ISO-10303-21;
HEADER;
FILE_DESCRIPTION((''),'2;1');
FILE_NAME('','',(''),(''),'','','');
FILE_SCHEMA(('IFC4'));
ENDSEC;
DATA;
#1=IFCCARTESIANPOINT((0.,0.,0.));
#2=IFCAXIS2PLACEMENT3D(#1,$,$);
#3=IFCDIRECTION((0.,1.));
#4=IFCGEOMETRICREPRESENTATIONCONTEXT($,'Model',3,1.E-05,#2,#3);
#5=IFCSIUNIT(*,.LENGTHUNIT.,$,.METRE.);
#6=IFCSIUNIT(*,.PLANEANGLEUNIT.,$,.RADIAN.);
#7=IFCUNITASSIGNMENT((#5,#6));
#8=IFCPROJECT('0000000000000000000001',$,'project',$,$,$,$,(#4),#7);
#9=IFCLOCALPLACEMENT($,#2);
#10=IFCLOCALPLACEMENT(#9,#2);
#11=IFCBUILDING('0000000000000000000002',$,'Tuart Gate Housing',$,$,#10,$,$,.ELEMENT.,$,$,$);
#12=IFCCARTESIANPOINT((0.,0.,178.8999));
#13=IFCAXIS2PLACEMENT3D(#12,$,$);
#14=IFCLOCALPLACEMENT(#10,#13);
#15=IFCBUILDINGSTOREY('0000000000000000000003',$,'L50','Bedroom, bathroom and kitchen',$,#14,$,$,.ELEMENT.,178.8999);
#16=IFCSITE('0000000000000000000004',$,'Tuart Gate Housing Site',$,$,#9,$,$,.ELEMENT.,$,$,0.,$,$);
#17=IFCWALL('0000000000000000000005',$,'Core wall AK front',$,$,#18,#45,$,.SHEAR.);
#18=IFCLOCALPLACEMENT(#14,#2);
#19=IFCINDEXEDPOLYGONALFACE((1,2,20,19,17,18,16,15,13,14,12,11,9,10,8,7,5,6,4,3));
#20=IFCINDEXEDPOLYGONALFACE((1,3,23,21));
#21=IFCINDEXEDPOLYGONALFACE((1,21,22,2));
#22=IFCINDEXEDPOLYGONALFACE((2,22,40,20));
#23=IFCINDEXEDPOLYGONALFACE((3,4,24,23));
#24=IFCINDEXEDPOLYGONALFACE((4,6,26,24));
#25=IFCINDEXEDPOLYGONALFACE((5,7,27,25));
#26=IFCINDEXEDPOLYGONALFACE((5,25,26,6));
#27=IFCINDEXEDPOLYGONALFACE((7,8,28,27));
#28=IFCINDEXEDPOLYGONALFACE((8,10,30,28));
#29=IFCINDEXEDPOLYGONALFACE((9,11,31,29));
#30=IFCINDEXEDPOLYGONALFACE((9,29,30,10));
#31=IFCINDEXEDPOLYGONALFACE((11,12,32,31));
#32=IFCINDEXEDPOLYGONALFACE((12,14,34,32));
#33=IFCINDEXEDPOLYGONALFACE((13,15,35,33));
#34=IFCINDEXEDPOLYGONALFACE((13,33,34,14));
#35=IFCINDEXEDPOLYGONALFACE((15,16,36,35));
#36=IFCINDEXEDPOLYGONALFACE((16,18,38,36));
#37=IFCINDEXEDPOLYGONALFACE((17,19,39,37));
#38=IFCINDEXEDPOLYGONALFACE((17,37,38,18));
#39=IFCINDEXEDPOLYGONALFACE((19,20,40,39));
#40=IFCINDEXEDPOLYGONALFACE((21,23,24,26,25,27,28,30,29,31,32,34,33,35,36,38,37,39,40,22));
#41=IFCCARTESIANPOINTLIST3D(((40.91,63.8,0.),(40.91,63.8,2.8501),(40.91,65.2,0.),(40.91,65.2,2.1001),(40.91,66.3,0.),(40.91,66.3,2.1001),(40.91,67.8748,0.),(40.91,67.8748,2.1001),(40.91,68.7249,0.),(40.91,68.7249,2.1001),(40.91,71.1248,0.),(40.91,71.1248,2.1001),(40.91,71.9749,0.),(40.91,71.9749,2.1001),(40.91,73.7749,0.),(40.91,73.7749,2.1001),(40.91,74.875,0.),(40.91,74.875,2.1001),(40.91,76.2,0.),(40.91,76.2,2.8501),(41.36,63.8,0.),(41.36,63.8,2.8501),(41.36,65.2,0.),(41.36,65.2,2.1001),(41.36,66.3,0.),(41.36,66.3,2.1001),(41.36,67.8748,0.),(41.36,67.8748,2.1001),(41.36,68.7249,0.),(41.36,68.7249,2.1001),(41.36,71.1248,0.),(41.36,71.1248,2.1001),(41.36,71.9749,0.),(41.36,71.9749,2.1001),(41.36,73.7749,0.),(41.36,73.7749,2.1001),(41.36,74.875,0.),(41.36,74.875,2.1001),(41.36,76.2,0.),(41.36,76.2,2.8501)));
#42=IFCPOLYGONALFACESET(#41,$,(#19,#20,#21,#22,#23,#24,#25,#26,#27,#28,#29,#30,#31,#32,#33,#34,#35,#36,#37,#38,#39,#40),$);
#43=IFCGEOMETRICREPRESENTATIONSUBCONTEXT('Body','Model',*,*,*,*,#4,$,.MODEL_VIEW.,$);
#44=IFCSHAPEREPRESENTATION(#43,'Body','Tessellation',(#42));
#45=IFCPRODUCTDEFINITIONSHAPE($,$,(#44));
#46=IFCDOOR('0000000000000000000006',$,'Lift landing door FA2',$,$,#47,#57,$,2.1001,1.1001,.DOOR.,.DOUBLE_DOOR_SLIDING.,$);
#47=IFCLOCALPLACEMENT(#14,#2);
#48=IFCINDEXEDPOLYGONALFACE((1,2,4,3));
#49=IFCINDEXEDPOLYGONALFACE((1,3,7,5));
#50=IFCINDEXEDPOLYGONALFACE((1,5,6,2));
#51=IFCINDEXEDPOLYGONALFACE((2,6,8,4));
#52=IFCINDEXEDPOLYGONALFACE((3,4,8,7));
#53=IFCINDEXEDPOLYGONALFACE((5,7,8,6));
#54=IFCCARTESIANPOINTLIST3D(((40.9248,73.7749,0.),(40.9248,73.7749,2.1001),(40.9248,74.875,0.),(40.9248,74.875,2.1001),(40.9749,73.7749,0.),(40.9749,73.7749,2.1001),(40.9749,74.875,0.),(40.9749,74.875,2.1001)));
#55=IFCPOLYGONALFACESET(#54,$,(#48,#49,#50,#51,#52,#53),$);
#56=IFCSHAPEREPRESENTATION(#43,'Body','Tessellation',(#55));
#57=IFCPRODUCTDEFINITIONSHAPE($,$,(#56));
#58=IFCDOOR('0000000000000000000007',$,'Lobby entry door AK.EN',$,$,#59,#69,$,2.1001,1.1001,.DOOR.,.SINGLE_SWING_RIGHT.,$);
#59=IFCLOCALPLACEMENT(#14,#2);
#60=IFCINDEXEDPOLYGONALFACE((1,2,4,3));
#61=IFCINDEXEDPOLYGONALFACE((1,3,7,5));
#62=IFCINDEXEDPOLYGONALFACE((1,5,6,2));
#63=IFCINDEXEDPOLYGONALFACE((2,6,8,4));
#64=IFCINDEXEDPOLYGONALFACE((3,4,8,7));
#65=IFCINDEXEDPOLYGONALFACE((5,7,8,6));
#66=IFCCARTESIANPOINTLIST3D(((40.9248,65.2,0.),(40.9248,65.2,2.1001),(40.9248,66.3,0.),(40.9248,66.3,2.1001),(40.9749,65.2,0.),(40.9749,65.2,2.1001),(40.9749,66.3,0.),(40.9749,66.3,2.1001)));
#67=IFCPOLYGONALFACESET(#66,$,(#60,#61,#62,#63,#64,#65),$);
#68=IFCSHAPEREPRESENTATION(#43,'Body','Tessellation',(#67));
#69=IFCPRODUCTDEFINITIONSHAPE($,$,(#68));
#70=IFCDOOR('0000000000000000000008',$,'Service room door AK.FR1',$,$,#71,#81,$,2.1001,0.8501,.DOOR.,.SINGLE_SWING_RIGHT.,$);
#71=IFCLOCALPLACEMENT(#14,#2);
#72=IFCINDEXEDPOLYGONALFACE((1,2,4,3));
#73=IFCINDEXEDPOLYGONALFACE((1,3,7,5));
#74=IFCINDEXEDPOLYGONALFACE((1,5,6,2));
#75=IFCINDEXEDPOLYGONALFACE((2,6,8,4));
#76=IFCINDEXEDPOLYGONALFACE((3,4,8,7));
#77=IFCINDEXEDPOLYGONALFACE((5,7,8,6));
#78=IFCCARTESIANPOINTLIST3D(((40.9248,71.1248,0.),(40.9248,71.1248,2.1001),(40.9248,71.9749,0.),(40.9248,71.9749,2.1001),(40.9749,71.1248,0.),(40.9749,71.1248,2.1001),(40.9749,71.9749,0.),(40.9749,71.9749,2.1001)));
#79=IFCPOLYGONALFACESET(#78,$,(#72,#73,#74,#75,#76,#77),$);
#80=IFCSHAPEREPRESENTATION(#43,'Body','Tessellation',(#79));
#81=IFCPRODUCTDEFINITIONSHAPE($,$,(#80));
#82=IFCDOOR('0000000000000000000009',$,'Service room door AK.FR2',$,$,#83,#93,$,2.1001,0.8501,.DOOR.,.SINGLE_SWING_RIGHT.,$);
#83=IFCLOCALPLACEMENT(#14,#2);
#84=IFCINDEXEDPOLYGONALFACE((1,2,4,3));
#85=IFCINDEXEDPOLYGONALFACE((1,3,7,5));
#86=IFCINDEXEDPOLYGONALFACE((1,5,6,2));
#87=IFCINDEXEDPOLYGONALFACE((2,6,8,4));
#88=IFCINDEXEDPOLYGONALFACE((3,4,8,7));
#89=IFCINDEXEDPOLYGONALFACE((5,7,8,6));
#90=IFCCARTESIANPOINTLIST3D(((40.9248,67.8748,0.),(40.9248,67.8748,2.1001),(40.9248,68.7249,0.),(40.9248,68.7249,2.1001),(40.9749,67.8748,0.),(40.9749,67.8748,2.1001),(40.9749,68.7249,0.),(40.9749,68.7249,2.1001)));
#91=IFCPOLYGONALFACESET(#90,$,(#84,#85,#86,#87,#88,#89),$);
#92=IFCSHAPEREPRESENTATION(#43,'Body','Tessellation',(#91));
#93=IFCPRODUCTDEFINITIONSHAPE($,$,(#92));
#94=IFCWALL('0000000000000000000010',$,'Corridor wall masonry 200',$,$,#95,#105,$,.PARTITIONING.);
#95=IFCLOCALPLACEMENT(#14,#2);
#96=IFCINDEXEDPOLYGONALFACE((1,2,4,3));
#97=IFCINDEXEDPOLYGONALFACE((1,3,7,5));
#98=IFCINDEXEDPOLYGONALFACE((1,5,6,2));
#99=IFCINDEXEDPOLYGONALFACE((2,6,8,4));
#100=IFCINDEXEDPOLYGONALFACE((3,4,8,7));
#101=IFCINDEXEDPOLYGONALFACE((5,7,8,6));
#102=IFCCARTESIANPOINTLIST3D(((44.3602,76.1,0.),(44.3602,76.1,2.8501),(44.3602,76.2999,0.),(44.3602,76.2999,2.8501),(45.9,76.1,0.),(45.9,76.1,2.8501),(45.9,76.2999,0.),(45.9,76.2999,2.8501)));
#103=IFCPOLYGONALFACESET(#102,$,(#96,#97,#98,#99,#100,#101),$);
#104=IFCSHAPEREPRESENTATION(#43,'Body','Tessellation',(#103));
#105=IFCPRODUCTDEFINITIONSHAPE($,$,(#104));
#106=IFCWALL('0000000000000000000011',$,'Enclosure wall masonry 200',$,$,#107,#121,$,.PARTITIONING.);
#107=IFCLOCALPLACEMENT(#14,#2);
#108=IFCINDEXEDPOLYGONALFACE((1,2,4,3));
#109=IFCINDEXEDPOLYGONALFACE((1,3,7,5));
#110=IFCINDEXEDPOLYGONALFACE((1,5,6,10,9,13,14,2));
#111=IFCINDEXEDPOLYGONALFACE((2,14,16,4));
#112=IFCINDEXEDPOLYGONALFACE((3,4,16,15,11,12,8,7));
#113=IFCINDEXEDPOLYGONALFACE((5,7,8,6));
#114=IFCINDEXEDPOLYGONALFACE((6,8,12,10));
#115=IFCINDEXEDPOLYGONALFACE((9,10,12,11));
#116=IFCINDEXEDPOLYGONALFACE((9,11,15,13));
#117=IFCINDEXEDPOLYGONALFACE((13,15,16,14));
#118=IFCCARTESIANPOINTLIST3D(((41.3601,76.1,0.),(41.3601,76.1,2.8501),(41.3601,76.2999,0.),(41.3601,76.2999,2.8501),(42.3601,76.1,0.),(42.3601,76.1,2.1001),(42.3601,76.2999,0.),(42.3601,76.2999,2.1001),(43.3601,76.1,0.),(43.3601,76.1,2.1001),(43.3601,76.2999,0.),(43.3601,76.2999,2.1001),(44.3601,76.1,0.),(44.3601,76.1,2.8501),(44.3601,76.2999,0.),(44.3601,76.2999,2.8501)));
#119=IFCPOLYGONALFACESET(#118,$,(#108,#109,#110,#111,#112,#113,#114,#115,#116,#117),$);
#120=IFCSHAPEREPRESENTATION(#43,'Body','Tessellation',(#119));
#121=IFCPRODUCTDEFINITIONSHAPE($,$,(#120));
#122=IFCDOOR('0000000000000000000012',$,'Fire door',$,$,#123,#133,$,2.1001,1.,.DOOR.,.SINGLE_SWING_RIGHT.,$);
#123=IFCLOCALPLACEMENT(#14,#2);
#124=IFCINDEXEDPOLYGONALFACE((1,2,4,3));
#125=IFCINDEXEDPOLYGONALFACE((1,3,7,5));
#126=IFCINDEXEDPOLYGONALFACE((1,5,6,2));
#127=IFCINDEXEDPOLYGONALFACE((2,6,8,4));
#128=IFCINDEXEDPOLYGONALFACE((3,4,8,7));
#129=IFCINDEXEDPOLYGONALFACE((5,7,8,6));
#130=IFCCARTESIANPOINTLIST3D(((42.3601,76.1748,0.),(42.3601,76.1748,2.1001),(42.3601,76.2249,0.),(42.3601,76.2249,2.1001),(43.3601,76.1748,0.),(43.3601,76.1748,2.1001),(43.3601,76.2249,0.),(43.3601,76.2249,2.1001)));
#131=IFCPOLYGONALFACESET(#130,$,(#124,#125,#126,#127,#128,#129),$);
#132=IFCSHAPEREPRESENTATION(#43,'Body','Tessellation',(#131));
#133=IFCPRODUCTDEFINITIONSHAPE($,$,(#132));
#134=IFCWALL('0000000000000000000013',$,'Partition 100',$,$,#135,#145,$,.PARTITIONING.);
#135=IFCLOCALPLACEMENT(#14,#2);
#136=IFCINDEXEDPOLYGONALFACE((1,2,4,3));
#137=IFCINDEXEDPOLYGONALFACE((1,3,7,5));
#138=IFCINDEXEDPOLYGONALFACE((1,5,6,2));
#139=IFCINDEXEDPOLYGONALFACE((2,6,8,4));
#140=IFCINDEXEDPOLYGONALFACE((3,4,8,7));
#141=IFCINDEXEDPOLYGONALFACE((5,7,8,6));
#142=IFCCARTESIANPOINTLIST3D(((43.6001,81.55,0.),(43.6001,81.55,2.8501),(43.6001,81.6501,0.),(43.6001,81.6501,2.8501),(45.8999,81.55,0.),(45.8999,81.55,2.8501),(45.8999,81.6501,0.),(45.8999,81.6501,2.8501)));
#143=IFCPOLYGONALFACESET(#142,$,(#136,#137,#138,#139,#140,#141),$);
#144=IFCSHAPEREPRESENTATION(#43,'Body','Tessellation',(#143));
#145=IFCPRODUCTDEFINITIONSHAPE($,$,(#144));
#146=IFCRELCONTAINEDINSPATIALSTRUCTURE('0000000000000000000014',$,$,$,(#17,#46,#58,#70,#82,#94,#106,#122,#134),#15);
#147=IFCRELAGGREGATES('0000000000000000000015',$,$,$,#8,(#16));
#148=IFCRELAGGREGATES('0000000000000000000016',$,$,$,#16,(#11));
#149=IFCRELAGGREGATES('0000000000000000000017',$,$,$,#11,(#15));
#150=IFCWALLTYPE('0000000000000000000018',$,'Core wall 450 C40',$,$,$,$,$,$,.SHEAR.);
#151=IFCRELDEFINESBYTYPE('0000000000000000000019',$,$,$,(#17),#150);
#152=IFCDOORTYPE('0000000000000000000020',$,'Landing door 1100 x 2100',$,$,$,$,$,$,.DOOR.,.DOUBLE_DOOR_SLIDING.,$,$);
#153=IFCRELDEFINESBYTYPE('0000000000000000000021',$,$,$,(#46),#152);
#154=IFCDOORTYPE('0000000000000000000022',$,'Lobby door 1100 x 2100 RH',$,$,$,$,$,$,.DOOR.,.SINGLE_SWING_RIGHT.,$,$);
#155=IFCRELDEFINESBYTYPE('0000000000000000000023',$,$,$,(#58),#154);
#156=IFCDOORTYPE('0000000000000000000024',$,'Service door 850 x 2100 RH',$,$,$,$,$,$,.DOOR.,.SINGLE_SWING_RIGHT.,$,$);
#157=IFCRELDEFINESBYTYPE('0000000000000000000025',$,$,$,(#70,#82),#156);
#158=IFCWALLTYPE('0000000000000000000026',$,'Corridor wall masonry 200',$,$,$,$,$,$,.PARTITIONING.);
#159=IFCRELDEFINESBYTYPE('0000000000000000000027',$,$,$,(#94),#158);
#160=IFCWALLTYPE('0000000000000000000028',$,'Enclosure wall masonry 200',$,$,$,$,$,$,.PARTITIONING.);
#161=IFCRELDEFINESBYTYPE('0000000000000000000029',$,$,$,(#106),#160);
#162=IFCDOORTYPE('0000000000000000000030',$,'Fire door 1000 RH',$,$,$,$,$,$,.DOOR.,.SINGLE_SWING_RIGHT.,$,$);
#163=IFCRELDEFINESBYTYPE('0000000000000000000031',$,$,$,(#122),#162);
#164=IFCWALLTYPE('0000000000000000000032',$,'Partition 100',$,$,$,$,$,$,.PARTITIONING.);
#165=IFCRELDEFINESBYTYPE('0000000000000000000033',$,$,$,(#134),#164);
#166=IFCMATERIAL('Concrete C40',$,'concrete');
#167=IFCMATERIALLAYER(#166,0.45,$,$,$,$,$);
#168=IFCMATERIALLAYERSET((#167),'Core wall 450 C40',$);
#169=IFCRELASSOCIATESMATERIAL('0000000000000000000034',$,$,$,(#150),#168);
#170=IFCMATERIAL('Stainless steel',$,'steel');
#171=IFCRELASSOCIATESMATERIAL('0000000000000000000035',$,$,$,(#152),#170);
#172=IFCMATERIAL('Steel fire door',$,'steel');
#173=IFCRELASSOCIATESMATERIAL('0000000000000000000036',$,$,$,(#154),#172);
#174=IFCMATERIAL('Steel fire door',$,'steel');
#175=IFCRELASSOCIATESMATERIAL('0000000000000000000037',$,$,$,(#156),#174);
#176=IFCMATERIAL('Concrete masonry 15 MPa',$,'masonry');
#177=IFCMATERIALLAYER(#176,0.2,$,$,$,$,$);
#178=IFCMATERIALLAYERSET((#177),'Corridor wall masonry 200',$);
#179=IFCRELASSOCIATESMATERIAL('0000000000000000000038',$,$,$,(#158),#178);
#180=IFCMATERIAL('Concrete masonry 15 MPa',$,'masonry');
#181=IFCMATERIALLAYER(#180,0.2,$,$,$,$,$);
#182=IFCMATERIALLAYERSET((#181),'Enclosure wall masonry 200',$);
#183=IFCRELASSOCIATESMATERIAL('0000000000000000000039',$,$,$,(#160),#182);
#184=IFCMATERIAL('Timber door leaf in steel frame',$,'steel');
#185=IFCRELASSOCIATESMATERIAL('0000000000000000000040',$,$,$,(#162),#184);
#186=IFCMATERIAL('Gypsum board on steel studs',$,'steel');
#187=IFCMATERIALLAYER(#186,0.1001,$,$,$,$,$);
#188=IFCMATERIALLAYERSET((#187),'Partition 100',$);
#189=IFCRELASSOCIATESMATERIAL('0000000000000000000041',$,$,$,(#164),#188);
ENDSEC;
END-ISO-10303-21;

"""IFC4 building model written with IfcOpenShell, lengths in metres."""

from ifc_helpers import new_model, si_unit, direction, frame, frame_2d, origin, place, context, subcontext, project, spatial, rectangle, extrude, material, layer, layer_set, type_object, element, fill, save


model = new_model("IFC4")

# Units and contexts
model_context = context("Model", 3, precision=1e-05, world=origin(), true_north=direction((0.0, 1.0)))
body_context = subcontext(model_context, "Body", "Model", "MODEL_VIEW")
ifc_project = project(units=[si_unit("LENGTHUNIT", "METRE"), si_unit("PLANEANGLEUNIT", "RADIAN")], contexts=[model_context])

# Site, building, storey
site_placement = place(None, origin())
site = spatial("IfcSite", under=ifc_project, at=site_placement, Name="Tuart Gate Housing Site", CompositionType="ELEMENT", RefElevation=0.0)
building_placement = place(site_placement, origin())
building = spatial("IfcBuilding", under=site, at=building_placement, Name="Tuart Gate Housing", CompositionType="ELEMENT")
storey_placement = place(building_placement, frame((0.0, 0.0, 178.8999)))
storey = spatial("IfcBuildingStorey", under=building, at=storey_placement, Name="L50", Description="Bedroom, bathroom and kitchen", CompositionType="ELEMENT", Elevation=178.8999)

# Wall, openings, doors
ifc_material_1 = material(Name="Concrete C40", Category="concrete")
ifc_layer_1 = layer(ifc_material_1, 0.45)
ifc_layer_set_1 = layer_set([ifc_layer_1], Name="Core wall 450 C40")
wall_type_1 = type_object("IfcWallType", Name="Core wall 450 C40", PredefinedType="SHEAR", material=ifc_layer_set_1)
wall_1_placement = place(storey_placement, frame((41.135, 76.2, 0.0), z_axis=(0.0, 0.0, 1.0), x_axis=(0.0, -1.0, 0.0)))
wall_1 = element("IfcWall", 1, at=wall_1_placement, inside=storey, type_object=wall_type_1, Name="Core wall AK front", PredefinedType="SHEAR", context=body_context, shape_type="SweptSolid", body=[
    extrude(rectangle(XDim=12.3999, YDim=0.45, at=frame_2d((6.2, 0.0))), origin(), (0.0, 0.0, 1.0), 2.8501),
])
opening_1_placement = place(wall_1_placement, frame((1.325, 0.0, 0.0)))
opening_1 = element("IfcOpeningElement", 2, at=opening_1_placement, cuts=wall_1, PredefinedType="OPENING", context=body_context, shape_type="SweptSolid", body=[
    extrude(rectangle(XDim=1.1001, YDim=2.1001, at=frame_2d((0.55, 1.05))), frame((0.0, 0.2349, 0.0), z_axis=(0.0, -1.0, 0.0), x_axis=(1.0, 0.0, 0.0)), (0.0, 0.0, 1.0), 0.47),
])
opening_2_placement = place(wall_1_placement, frame((4.2251, 0.0, 0.0)))
opening_2 = element("IfcOpeningElement", 3, at=opening_2_placement, cuts=wall_1, PredefinedType="OPENING", context=body_context, shape_type="SweptSolid", body=[
    extrude(rectangle(XDim=0.8501, YDim=2.1001, at=frame_2d((0.425, 1.05))), frame((0.0, 0.2349, 0.0), z_axis=(0.0, -1.0, 0.0), x_axis=(1.0, 0.0, 0.0)), (0.0, 0.0, 1.0), 0.47),
])
opening_3_placement = place(wall_1_placement, frame((7.4751, 0.0, 0.0)))
opening_3 = element("IfcOpeningElement", 4, at=opening_3_placement, cuts=wall_1, PredefinedType="OPENING", context=body_context, shape_type="SweptSolid", body=[
    extrude(rectangle(XDim=0.8501, YDim=2.1001, at=frame_2d((0.425, 1.05))), frame((0.0, 0.2349, 0.0), z_axis=(0.0, -1.0, 0.0), x_axis=(1.0, 0.0, 0.0)), (0.0, 0.0, 1.0), 0.47),
])
opening_4_placement = place(wall_1_placement, frame((9.8999, 0.0, 0.0)))
opening_4 = element("IfcOpeningElement", 5, at=opening_4_placement, cuts=wall_1, PredefinedType="OPENING", context=body_context, shape_type="SweptSolid", body=[
    extrude(rectangle(XDim=1.1001, YDim=2.1001, at=frame_2d((0.55, 1.05))), frame((0.0, 0.2349, 0.0), z_axis=(0.0, -1.0, 0.0), x_axis=(1.0, 0.0, 0.0)), (0.0, 0.0, 1.0), 0.47),
])
ifc_material_2 = material(Name="Stainless steel", Category="steel")
door_type_1 = type_object("IfcDoorType", Name="Landing door 1100 x 2100", OperationType="DOUBLE_DOOR_SLIDING", PredefinedType="DOOR", material=ifc_material_2)
door_1_placement = place(opening_1_placement, origin())
door_1 = element("IfcDoor", 6, at=door_1_placement, inside=storey, type_object=door_type_1, Name="Lift landing door FA2", OperationType="DOUBLE_DOOR_SLIDING", OverallHeight=2.1001, OverallWidth=1.1001, PredefinedType="DOOR", context=body_context, shape_type="SweptSolid", body=[
    extrude(rectangle(XDim=1.1001, YDim=2.1001, at=frame_2d((0.55, 1.05))), frame((0.0, -0.1602, 0.0), z_axis=(0.0, -1.0, 0.0), x_axis=(1.0, 0.0, 0.0)), (0.0, 0.0, 1.0), 0.05),
])
fill(opening_1, door_1)
ifc_material_3 = material(Name="Steel fire door", Category="steel")
door_type_2 = type_object("IfcDoorType", Name="Lobby door 1100 x 2100 RH", OperationType="SINGLE_SWING_RIGHT", PredefinedType="DOOR", material=ifc_material_3)
door_2_placement = place(opening_4_placement, frame((1.1001, 0.0, 0.0), z_axis=(0.0, 0.0, 1.0), x_axis=(-1.0, 0.0, 0.0)))
door_2 = element("IfcDoor", 7, at=door_2_placement, inside=storey, type_object=door_type_2, Name="Lobby entry door AK.EN", OperationType="SINGLE_SWING_RIGHT", OverallHeight=2.1001, OverallWidth=1.1001, PredefinedType="DOOR", context=body_context, shape_type="SweptSolid", body=[
    extrude(rectangle(XDim=1.1001, YDim=2.1001, at=frame_2d((0.55, 1.05))), frame((0.0, 0.2102, 0.0), z_axis=(0.0, -1.0, 0.0), x_axis=(1.0, 0.0, 0.0)), (0.0, 0.0, 1.0), 0.05),
])
fill(opening_4, door_2)
ifc_material_4 = material(Name="Steel fire door", Category="steel")
door_type_3 = type_object("IfcDoorType", Name="Service door 850 x 2100 RH", OperationType="SINGLE_SWING_RIGHT", PredefinedType="DOOR", material=ifc_material_4)
door_3_placement = place(opening_2_placement, frame((0.8501, 0.0, 0.0), z_axis=(0.0, 0.0, 1.0), x_axis=(-1.0, 0.0, 0.0)))
door_3 = element("IfcDoor", 8, at=door_3_placement, inside=storey, type_object=door_type_3, Name="Service room door AK.FR1", OperationType="SINGLE_SWING_RIGHT", OverallHeight=2.1001, OverallWidth=0.8501, PredefinedType="DOOR", context=body_context, shape_type="SweptSolid", body=[
    extrude(rectangle(XDim=0.8501, YDim=2.1001, at=frame_2d((0.425, 1.05))), frame((0.0, 0.2102, 0.0), z_axis=(0.0, -1.0, 0.0), x_axis=(1.0, 0.0, 0.0)), (0.0, 0.0, 1.0), 0.05),
])
fill(opening_2, door_3)
door_4_placement = place(opening_3_placement, frame((0.8501, 0.0, 0.0), z_axis=(0.0, 0.0, 1.0), x_axis=(-1.0, 0.0, 0.0)))
door_4 = element("IfcDoor", 9, at=door_4_placement, inside=storey, type_object=door_type_3, Name="Service room door AK.FR2", OperationType="SINGLE_SWING_RIGHT", OverallHeight=2.1001, OverallWidth=0.8501, PredefinedType="DOOR", context=body_context, shape_type="SweptSolid", body=[
    extrude(rectangle(XDim=0.8501, YDim=2.1001, at=frame_2d((0.425, 1.05))), frame((0.0, 0.2102, 0.0), z_axis=(0.0, -1.0, 0.0), x_axis=(1.0, 0.0, 0.0)), (0.0, 0.0, 1.0), 0.05),
])
fill(opening_3, door_4)

# Wall
ifc_material_5 = material(Name="Concrete masonry 15 MPa", Category="masonry")
ifc_layer_2 = layer(ifc_material_5, 0.2)
ifc_layer_set_2 = layer_set([ifc_layer_2], Name="Corridor wall masonry 200")
wall_type_2 = type_object("IfcWallType", Name="Corridor wall masonry 200", PredefinedType="PARTITIONING", material=ifc_layer_set_2)
wall_2_placement = place(storey_placement, frame((44.3601, 76.2, 0.0), z_axis=(0.0, 0.0, 1.0), x_axis=(1.0, 0.0, 0.0)))
element("IfcWall", 10, at=wall_2_placement, inside=storey, type_object=wall_type_2, Name="Corridor wall masonry 200", PredefinedType="PARTITIONING", context=body_context, shape_type="SweptSolid", body=[
    extrude(rectangle(XDim=1.5398, YDim=0.2, at=frame_2d((0.77, 0.0))), origin(), (0.0, 0.0, 1.0), 2.8501),
])

# Wall, opening, door
ifc_material_6 = material(Name="Concrete masonry 15 MPa", Category="masonry")
ifc_layer_3 = layer(ifc_material_6, 0.2)
ifc_layer_set_3 = layer_set([ifc_layer_3], Name="Enclosure wall masonry 200")
wall_type_3 = type_object("IfcWallType", Name="Enclosure wall masonry 200", PredefinedType="PARTITIONING", material=ifc_layer_set_3)
wall_3_placement = place(storey_placement, frame((41.3601, 76.2, 0.0), z_axis=(0.0, 0.0, 1.0), x_axis=(1.0, 0.0, 0.0)))
wall_3 = element("IfcWall", 11, at=wall_3_placement, inside=storey, type_object=wall_type_3, Name="Enclosure wall masonry 200", PredefinedType="PARTITIONING", context=body_context, shape_type="SweptSolid", body=[
    extrude(rectangle(XDim=3.0, YDim=0.2, at=frame_2d((1.5, 0.0))), origin(), (0.0, 0.0, 1.0), 2.8501),
])
opening_5_placement = place(wall_3_placement, frame((1.0, 0.0, 0.0)))
opening_5 = element("IfcOpeningElement", 12, at=opening_5_placement, cuts=wall_3, PredefinedType="OPENING", context=body_context, shape_type="SweptSolid", body=[
    extrude(rectangle(XDim=1.0, YDim=2.1001, at=frame_2d((0.5, 1.05))), frame((0.0, 0.1099, 0.0), z_axis=(0.0, -1.0, 0.0), x_axis=(1.0, 0.0, 0.0)), (0.0, 0.0, 1.0), 0.22),
])
ifc_material_7 = material(Name="Timber door leaf in steel frame", Category="steel")
door_type_4 = type_object("IfcDoorType", Name="Fire door 1000 RH", OperationType="SINGLE_SWING_RIGHT", PredefinedType="DOOR", material=ifc_material_7)
door_5_placement = place(opening_5_placement, origin())
door_5 = element("IfcDoor", 13, at=door_5_placement, inside=storey, type_object=door_type_4, Name="Fire door", OperationType="SINGLE_SWING_RIGHT", OverallHeight=2.1001, OverallWidth=1.0, PredefinedType="DOOR", context=body_context, shape_type="SweptSolid", body=[
    extrude(rectangle(XDim=1.0, YDim=2.1001, at=frame_2d((0.5, 1.05))), frame((0.0, 0.0249, 0.0), z_axis=(0.0, -1.0, 0.0), x_axis=(1.0, 0.0, 0.0)), (0.0, 0.0, 1.0), 0.05),
])
fill(opening_5, door_5)

# Wall
ifc_material_8 = material(Name="Gypsum board on steel studs", Category="steel")
ifc_layer_4 = layer(ifc_material_8, 0.1001)
ifc_layer_set_4 = layer_set([ifc_layer_4], Name="Partition 100")
wall_type_4 = type_object("IfcWallType", Name="Partition 100", PredefinedType="PARTITIONING", material=ifc_layer_set_4)
wall_4_placement = place(storey_placement, frame((43.6001, 81.6001, 0.0), z_axis=(0.0, 0.0, 1.0), x_axis=(1.0, 0.0, 0.0)))
element("IfcWall", 14, at=wall_4_placement, inside=storey, type_object=wall_type_4, Name="Partition 100", PredefinedType="PARTITIONING", context=body_context, shape_type="SweptSolid", body=[
    extrude(rectangle(XDim=2.2998, YDim=0.1001, at=frame_2d((1.1499, 0.0))), origin(), (0.0, 0.0, 1.0), 2.8501),
])

save(model, "model.ifc")
